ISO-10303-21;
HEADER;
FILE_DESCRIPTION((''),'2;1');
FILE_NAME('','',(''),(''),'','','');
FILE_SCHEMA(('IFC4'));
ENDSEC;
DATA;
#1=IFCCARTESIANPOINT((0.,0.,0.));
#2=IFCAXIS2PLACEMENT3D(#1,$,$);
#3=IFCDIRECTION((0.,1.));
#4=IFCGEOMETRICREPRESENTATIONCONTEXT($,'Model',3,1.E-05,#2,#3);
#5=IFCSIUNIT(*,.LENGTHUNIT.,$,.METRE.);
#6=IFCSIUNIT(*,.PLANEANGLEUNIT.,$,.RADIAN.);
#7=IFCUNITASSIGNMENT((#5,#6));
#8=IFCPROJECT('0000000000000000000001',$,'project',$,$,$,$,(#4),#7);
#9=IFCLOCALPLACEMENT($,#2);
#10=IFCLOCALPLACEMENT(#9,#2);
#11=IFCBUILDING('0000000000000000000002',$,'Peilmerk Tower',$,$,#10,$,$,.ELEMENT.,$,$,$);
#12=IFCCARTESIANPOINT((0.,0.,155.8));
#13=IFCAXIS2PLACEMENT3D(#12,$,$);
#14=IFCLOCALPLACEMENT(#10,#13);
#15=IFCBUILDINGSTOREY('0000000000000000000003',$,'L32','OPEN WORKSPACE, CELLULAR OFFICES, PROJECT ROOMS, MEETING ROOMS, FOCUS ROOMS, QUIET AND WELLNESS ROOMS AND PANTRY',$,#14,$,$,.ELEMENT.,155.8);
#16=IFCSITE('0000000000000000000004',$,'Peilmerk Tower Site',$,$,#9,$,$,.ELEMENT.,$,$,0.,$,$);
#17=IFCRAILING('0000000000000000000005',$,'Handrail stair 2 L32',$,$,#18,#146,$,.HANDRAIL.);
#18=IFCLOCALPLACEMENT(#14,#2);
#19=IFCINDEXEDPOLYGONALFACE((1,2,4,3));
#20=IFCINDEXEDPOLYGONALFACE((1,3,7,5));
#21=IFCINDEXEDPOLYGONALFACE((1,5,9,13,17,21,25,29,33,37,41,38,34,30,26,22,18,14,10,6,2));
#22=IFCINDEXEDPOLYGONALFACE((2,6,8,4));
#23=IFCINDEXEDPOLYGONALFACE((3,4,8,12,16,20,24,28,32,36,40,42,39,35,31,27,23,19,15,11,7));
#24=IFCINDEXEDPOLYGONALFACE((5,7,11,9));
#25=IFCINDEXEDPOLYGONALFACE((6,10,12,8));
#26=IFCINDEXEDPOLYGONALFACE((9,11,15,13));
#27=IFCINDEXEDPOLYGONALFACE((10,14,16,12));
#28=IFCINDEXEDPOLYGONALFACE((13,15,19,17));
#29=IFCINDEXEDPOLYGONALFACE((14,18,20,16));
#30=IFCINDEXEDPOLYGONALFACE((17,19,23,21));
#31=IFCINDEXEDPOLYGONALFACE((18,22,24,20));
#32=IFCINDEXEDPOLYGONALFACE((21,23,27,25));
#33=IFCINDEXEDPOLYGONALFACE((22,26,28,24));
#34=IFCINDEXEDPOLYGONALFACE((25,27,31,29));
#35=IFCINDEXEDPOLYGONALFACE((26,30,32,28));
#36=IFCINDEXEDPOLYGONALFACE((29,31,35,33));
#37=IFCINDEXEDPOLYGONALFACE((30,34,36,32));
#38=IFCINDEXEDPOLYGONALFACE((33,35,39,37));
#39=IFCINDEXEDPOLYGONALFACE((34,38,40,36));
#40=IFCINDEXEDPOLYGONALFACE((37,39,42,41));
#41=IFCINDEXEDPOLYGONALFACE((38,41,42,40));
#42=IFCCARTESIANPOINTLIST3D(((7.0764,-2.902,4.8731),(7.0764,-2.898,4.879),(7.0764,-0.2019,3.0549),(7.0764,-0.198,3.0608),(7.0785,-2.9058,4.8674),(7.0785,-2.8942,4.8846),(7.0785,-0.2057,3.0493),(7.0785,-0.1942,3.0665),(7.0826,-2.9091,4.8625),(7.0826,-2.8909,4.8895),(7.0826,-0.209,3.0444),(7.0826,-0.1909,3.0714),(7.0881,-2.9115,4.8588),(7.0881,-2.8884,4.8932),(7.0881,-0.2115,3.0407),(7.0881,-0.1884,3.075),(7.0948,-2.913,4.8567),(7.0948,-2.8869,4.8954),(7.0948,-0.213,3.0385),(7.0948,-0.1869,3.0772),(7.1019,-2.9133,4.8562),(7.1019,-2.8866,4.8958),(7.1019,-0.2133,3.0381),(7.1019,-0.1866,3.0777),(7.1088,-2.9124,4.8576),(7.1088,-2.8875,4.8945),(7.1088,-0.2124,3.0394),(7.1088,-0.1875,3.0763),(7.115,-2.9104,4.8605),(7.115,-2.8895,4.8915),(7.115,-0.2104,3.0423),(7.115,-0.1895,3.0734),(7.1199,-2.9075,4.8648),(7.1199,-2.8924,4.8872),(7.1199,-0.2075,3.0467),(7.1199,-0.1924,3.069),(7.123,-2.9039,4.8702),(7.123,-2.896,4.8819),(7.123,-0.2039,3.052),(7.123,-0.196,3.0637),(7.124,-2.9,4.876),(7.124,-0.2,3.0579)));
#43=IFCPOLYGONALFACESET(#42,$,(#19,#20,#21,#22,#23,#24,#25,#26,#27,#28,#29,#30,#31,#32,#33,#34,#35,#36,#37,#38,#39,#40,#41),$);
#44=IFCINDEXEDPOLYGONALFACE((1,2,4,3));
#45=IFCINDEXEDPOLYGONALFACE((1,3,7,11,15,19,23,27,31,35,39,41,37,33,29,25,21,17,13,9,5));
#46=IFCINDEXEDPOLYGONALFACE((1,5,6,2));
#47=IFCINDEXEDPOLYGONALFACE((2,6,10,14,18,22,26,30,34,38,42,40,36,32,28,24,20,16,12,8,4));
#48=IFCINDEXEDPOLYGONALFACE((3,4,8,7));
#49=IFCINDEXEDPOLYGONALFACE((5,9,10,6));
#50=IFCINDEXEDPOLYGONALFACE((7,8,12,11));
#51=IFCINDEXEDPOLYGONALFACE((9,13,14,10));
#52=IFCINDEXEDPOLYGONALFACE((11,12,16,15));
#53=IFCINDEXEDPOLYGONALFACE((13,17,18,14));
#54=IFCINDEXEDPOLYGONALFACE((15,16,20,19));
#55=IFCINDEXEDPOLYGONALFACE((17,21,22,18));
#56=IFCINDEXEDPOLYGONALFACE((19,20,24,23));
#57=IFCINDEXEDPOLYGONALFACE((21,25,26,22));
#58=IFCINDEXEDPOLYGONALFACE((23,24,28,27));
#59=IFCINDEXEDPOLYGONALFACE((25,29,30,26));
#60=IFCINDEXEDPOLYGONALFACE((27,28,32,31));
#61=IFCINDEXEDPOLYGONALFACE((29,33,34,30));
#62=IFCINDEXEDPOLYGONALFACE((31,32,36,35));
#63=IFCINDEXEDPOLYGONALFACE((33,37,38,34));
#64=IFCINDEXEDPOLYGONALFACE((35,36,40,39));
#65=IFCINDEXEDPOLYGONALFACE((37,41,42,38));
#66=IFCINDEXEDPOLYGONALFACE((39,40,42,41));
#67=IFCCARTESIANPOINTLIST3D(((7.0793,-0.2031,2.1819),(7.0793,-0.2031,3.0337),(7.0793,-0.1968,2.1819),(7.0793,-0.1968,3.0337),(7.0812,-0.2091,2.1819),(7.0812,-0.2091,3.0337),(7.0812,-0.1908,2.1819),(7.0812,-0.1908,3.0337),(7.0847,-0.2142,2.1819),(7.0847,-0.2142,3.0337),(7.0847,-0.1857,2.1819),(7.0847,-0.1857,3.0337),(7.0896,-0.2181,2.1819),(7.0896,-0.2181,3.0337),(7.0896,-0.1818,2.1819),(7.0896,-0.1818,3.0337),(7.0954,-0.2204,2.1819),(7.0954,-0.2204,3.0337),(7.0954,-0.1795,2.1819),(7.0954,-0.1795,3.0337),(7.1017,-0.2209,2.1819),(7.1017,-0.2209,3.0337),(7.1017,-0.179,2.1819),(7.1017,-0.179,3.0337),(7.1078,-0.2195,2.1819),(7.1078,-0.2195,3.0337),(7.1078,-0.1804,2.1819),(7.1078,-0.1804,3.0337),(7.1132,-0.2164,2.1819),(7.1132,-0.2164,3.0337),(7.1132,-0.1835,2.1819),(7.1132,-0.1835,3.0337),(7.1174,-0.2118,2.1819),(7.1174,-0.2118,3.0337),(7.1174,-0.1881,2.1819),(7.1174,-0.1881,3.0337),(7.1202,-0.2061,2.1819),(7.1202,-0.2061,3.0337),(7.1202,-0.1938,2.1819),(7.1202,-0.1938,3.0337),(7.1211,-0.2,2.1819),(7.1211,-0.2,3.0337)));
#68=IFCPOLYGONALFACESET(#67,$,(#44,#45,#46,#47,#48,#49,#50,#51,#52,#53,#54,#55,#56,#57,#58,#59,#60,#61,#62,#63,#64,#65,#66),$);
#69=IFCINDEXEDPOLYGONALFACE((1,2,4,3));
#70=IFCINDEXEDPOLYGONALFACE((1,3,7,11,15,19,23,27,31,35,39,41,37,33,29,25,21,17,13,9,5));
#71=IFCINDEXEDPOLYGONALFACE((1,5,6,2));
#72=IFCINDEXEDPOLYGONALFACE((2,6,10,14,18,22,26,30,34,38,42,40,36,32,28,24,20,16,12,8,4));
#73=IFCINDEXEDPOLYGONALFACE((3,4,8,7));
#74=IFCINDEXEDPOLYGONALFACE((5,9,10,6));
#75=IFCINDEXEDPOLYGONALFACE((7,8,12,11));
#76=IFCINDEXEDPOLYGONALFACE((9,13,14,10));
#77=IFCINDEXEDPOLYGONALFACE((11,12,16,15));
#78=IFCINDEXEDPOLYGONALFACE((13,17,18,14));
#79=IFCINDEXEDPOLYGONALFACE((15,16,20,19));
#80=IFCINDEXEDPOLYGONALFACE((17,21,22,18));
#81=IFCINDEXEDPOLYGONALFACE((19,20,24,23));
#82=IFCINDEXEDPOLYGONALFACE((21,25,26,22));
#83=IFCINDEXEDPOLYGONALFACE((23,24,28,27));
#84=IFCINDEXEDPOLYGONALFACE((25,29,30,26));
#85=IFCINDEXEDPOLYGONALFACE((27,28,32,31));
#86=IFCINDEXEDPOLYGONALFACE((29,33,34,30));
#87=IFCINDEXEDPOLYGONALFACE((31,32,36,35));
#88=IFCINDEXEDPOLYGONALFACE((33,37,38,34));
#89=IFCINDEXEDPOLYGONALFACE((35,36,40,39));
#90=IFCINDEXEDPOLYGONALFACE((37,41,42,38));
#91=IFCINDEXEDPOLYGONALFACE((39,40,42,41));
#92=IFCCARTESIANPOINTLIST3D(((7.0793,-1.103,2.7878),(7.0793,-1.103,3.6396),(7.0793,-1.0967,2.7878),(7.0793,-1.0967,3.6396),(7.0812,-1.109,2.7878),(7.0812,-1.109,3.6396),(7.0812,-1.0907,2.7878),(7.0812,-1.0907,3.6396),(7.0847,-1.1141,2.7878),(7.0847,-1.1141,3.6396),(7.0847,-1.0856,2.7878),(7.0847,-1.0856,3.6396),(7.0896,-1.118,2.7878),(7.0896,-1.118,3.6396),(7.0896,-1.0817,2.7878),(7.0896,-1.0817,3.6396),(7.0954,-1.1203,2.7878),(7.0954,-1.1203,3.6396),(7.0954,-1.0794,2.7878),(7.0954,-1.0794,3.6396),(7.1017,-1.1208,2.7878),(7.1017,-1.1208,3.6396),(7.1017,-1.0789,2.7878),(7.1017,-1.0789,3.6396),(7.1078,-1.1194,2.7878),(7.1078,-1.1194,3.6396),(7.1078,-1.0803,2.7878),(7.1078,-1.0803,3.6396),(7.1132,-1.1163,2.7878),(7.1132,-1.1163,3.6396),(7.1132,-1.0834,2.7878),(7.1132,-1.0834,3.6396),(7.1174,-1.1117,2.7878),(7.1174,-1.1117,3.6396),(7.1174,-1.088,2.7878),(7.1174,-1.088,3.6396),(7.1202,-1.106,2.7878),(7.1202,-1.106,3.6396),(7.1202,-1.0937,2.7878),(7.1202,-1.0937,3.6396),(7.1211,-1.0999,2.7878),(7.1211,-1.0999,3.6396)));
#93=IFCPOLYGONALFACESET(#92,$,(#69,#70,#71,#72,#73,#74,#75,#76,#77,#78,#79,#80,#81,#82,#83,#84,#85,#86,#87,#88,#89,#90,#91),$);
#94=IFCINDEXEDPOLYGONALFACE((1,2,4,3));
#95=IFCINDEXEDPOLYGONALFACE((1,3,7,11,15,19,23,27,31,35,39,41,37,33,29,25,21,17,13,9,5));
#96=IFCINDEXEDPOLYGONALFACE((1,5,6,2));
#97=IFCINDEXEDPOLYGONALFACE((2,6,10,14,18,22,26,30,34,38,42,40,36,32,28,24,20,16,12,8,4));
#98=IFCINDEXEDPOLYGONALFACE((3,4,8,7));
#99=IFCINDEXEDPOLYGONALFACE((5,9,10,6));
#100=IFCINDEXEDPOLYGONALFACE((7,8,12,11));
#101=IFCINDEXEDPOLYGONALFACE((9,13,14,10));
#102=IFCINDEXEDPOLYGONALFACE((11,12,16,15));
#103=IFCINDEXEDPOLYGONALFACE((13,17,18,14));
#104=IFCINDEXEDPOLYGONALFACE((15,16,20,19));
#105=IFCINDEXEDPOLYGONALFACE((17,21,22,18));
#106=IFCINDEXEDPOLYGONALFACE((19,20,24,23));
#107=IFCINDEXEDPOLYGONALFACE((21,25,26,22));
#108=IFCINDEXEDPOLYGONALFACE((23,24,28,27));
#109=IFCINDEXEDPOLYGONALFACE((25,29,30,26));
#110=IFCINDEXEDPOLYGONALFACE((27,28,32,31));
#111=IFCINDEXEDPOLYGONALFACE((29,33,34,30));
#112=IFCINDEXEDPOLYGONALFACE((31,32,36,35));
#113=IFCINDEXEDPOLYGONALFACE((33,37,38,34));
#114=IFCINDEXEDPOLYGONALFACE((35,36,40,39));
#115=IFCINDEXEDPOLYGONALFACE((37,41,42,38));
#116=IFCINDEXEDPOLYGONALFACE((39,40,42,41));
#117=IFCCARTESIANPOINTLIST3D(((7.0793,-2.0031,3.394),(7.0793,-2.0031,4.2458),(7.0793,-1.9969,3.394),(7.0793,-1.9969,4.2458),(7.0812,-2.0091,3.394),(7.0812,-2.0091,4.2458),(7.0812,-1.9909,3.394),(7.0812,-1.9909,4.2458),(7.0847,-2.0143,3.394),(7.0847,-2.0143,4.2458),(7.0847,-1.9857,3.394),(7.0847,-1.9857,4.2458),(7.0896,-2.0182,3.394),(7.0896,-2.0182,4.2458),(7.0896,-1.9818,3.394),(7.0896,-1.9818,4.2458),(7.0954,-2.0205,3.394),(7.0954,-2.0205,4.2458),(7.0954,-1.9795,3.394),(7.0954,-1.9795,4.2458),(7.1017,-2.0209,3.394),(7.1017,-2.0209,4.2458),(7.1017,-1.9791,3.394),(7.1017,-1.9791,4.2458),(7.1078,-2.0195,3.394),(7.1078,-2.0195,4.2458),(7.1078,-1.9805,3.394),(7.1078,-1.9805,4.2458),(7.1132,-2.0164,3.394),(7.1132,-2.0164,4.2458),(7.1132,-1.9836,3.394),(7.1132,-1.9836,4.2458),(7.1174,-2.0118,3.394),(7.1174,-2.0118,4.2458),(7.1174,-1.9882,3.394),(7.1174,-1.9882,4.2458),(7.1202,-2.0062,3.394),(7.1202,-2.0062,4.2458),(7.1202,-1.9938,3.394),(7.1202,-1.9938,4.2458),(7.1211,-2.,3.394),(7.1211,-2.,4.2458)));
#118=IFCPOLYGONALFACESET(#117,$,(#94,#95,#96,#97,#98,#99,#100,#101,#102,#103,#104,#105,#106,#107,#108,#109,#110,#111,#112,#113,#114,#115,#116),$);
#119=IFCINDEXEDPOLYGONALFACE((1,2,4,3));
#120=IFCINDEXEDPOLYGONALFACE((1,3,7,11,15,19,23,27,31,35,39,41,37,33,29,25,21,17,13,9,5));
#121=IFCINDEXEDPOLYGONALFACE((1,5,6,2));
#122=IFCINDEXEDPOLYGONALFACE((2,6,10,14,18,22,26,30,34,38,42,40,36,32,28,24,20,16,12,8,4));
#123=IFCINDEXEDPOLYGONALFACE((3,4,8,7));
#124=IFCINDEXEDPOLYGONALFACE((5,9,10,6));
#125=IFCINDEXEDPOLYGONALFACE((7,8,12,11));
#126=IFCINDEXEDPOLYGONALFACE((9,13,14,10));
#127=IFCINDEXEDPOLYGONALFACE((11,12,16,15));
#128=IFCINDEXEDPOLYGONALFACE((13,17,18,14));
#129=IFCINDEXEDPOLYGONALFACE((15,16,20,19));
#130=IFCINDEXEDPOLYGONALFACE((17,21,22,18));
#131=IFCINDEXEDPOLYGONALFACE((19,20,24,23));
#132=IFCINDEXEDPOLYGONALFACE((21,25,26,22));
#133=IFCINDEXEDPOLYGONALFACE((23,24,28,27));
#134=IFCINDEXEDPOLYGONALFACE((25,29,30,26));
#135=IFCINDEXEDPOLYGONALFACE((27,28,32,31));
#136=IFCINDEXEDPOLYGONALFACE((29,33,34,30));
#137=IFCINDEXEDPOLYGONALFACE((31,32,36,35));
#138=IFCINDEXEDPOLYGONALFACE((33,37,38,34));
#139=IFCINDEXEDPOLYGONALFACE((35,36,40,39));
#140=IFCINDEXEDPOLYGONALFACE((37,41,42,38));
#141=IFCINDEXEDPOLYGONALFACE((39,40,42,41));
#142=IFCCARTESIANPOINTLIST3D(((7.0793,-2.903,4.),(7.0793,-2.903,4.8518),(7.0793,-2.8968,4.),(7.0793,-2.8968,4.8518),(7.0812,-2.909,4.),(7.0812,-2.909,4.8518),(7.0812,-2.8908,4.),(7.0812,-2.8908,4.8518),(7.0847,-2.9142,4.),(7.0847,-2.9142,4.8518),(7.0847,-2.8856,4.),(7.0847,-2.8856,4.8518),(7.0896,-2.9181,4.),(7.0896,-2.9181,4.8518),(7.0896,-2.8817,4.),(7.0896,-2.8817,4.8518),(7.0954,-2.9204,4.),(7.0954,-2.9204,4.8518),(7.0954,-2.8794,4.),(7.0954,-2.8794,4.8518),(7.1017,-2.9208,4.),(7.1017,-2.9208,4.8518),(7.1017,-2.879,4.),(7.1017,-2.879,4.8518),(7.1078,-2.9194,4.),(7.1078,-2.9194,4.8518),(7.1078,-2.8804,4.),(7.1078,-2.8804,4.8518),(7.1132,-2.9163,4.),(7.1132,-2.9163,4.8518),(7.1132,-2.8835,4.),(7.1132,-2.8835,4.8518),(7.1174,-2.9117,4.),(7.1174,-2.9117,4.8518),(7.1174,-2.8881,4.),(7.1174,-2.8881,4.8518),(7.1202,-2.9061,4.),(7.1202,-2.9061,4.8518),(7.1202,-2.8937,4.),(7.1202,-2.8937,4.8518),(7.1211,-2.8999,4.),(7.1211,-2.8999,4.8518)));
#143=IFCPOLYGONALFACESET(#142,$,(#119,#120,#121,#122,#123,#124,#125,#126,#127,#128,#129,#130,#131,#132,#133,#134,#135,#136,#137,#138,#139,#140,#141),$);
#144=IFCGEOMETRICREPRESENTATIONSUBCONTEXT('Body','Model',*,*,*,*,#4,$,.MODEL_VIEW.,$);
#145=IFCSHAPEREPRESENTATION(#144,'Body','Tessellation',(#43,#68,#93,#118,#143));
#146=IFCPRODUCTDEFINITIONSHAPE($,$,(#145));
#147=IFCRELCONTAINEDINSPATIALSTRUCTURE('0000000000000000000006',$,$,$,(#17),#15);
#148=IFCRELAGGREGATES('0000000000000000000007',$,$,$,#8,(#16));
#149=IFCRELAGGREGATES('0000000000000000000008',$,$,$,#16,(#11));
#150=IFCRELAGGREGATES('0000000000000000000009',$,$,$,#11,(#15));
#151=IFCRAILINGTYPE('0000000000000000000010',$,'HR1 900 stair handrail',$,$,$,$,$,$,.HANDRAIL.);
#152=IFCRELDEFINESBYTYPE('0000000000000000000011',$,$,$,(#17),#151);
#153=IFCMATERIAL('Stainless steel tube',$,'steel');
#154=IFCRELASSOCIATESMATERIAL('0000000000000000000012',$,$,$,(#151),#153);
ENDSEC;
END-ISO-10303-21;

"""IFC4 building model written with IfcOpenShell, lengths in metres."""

from ifc_helpers import new_model, si_unit, direction, frame, origin, origin_2d, place, context, subcontext, project, spatial, circle, extrude, material, type_object, element, save


model = new_model("IFC4")

# Units and contexts
model_context = context("Model", 3, precision=1e-05, world=origin(), true_north=direction((0.0, 1.0)))
body_context = subcontext(model_context, "Body", "Model", "MODEL_VIEW")
ifc_project = project(units=[si_unit("LENGTHUNIT", "METRE"), si_unit("PLANEANGLEUNIT", "RADIAN")], contexts=[model_context])

# Site, building, storey
site_placement = place(None, origin())
site = spatial("IfcSite", under=ifc_project, at=site_placement, Name="Peilmerk Tower Site", CompositionType="ELEMENT", RefElevation=0.0)
building_placement = place(site_placement, origin())
building = spatial("IfcBuilding", under=site, at=building_placement, Name="Peilmerk Tower", CompositionType="ELEMENT")
storey_placement = place(building_placement, frame((0.0, 0.0, 155.8)))
storey = spatial("IfcBuildingStorey", under=building, at=storey_placement, Name="L32", Description="OPEN WORKSPACE, CELLULAR OFFICES, PROJECT ROOMS, MEETING ROOMS, FOCUS ROOMS, QUIET AND WELLNESS ROOMS AND PANTRY", CompositionType="ELEMENT", Elevation=155.8)

# Railing
ifc_material_1 = material(Name="Stainless steel tube", Category="steel")
railing_type_1 = type_object("IfcRailingType", Name="HR1 900 stair handrail", PredefinedType="HANDRAIL", material=ifc_material_1)
railing_1_placement = place(storey_placement, frame((7.1001, -0.2, 2.1819)))
element("IfcRailing", 1, at=railing_1_placement, inside=storey, type_object=railing_type_1, Name="Handrail stair 2 L32", PredefinedType="HANDRAIL", context=body_context, shape_type="SweptSolid", body=[
    extrude(circle(Radius=0.0239, at=origin_2d()), frame((0.0, 0.0, 0.876), z_axis=(0.0, -0.829468, 0.558554), x_axis=(1.0, 0.0, 0.0)), (0.0, 0.0, 1.0), 3.2551),
    extrude(circle(Radius=0.021, at=origin_2d()), origin(), (0.0, 0.0, 1.0), 0.8518),
    extrude(circle(Radius=0.021, at=origin_2d()), frame((0.0, -0.8999, 0.606)), (0.0, 0.0, 1.0), 0.8518),
    extrude(circle(Radius=0.021, at=origin_2d()), frame((0.0, -1.8, 1.2122)), (0.0, 0.0, 1.0), 0.8518),
    extrude(circle(Radius=0.021, at=origin_2d()), frame((0.0, -2.7, 1.8181)), (0.0, 0.0, 1.0), 0.8518),
])

save(model, "model.ifc")
